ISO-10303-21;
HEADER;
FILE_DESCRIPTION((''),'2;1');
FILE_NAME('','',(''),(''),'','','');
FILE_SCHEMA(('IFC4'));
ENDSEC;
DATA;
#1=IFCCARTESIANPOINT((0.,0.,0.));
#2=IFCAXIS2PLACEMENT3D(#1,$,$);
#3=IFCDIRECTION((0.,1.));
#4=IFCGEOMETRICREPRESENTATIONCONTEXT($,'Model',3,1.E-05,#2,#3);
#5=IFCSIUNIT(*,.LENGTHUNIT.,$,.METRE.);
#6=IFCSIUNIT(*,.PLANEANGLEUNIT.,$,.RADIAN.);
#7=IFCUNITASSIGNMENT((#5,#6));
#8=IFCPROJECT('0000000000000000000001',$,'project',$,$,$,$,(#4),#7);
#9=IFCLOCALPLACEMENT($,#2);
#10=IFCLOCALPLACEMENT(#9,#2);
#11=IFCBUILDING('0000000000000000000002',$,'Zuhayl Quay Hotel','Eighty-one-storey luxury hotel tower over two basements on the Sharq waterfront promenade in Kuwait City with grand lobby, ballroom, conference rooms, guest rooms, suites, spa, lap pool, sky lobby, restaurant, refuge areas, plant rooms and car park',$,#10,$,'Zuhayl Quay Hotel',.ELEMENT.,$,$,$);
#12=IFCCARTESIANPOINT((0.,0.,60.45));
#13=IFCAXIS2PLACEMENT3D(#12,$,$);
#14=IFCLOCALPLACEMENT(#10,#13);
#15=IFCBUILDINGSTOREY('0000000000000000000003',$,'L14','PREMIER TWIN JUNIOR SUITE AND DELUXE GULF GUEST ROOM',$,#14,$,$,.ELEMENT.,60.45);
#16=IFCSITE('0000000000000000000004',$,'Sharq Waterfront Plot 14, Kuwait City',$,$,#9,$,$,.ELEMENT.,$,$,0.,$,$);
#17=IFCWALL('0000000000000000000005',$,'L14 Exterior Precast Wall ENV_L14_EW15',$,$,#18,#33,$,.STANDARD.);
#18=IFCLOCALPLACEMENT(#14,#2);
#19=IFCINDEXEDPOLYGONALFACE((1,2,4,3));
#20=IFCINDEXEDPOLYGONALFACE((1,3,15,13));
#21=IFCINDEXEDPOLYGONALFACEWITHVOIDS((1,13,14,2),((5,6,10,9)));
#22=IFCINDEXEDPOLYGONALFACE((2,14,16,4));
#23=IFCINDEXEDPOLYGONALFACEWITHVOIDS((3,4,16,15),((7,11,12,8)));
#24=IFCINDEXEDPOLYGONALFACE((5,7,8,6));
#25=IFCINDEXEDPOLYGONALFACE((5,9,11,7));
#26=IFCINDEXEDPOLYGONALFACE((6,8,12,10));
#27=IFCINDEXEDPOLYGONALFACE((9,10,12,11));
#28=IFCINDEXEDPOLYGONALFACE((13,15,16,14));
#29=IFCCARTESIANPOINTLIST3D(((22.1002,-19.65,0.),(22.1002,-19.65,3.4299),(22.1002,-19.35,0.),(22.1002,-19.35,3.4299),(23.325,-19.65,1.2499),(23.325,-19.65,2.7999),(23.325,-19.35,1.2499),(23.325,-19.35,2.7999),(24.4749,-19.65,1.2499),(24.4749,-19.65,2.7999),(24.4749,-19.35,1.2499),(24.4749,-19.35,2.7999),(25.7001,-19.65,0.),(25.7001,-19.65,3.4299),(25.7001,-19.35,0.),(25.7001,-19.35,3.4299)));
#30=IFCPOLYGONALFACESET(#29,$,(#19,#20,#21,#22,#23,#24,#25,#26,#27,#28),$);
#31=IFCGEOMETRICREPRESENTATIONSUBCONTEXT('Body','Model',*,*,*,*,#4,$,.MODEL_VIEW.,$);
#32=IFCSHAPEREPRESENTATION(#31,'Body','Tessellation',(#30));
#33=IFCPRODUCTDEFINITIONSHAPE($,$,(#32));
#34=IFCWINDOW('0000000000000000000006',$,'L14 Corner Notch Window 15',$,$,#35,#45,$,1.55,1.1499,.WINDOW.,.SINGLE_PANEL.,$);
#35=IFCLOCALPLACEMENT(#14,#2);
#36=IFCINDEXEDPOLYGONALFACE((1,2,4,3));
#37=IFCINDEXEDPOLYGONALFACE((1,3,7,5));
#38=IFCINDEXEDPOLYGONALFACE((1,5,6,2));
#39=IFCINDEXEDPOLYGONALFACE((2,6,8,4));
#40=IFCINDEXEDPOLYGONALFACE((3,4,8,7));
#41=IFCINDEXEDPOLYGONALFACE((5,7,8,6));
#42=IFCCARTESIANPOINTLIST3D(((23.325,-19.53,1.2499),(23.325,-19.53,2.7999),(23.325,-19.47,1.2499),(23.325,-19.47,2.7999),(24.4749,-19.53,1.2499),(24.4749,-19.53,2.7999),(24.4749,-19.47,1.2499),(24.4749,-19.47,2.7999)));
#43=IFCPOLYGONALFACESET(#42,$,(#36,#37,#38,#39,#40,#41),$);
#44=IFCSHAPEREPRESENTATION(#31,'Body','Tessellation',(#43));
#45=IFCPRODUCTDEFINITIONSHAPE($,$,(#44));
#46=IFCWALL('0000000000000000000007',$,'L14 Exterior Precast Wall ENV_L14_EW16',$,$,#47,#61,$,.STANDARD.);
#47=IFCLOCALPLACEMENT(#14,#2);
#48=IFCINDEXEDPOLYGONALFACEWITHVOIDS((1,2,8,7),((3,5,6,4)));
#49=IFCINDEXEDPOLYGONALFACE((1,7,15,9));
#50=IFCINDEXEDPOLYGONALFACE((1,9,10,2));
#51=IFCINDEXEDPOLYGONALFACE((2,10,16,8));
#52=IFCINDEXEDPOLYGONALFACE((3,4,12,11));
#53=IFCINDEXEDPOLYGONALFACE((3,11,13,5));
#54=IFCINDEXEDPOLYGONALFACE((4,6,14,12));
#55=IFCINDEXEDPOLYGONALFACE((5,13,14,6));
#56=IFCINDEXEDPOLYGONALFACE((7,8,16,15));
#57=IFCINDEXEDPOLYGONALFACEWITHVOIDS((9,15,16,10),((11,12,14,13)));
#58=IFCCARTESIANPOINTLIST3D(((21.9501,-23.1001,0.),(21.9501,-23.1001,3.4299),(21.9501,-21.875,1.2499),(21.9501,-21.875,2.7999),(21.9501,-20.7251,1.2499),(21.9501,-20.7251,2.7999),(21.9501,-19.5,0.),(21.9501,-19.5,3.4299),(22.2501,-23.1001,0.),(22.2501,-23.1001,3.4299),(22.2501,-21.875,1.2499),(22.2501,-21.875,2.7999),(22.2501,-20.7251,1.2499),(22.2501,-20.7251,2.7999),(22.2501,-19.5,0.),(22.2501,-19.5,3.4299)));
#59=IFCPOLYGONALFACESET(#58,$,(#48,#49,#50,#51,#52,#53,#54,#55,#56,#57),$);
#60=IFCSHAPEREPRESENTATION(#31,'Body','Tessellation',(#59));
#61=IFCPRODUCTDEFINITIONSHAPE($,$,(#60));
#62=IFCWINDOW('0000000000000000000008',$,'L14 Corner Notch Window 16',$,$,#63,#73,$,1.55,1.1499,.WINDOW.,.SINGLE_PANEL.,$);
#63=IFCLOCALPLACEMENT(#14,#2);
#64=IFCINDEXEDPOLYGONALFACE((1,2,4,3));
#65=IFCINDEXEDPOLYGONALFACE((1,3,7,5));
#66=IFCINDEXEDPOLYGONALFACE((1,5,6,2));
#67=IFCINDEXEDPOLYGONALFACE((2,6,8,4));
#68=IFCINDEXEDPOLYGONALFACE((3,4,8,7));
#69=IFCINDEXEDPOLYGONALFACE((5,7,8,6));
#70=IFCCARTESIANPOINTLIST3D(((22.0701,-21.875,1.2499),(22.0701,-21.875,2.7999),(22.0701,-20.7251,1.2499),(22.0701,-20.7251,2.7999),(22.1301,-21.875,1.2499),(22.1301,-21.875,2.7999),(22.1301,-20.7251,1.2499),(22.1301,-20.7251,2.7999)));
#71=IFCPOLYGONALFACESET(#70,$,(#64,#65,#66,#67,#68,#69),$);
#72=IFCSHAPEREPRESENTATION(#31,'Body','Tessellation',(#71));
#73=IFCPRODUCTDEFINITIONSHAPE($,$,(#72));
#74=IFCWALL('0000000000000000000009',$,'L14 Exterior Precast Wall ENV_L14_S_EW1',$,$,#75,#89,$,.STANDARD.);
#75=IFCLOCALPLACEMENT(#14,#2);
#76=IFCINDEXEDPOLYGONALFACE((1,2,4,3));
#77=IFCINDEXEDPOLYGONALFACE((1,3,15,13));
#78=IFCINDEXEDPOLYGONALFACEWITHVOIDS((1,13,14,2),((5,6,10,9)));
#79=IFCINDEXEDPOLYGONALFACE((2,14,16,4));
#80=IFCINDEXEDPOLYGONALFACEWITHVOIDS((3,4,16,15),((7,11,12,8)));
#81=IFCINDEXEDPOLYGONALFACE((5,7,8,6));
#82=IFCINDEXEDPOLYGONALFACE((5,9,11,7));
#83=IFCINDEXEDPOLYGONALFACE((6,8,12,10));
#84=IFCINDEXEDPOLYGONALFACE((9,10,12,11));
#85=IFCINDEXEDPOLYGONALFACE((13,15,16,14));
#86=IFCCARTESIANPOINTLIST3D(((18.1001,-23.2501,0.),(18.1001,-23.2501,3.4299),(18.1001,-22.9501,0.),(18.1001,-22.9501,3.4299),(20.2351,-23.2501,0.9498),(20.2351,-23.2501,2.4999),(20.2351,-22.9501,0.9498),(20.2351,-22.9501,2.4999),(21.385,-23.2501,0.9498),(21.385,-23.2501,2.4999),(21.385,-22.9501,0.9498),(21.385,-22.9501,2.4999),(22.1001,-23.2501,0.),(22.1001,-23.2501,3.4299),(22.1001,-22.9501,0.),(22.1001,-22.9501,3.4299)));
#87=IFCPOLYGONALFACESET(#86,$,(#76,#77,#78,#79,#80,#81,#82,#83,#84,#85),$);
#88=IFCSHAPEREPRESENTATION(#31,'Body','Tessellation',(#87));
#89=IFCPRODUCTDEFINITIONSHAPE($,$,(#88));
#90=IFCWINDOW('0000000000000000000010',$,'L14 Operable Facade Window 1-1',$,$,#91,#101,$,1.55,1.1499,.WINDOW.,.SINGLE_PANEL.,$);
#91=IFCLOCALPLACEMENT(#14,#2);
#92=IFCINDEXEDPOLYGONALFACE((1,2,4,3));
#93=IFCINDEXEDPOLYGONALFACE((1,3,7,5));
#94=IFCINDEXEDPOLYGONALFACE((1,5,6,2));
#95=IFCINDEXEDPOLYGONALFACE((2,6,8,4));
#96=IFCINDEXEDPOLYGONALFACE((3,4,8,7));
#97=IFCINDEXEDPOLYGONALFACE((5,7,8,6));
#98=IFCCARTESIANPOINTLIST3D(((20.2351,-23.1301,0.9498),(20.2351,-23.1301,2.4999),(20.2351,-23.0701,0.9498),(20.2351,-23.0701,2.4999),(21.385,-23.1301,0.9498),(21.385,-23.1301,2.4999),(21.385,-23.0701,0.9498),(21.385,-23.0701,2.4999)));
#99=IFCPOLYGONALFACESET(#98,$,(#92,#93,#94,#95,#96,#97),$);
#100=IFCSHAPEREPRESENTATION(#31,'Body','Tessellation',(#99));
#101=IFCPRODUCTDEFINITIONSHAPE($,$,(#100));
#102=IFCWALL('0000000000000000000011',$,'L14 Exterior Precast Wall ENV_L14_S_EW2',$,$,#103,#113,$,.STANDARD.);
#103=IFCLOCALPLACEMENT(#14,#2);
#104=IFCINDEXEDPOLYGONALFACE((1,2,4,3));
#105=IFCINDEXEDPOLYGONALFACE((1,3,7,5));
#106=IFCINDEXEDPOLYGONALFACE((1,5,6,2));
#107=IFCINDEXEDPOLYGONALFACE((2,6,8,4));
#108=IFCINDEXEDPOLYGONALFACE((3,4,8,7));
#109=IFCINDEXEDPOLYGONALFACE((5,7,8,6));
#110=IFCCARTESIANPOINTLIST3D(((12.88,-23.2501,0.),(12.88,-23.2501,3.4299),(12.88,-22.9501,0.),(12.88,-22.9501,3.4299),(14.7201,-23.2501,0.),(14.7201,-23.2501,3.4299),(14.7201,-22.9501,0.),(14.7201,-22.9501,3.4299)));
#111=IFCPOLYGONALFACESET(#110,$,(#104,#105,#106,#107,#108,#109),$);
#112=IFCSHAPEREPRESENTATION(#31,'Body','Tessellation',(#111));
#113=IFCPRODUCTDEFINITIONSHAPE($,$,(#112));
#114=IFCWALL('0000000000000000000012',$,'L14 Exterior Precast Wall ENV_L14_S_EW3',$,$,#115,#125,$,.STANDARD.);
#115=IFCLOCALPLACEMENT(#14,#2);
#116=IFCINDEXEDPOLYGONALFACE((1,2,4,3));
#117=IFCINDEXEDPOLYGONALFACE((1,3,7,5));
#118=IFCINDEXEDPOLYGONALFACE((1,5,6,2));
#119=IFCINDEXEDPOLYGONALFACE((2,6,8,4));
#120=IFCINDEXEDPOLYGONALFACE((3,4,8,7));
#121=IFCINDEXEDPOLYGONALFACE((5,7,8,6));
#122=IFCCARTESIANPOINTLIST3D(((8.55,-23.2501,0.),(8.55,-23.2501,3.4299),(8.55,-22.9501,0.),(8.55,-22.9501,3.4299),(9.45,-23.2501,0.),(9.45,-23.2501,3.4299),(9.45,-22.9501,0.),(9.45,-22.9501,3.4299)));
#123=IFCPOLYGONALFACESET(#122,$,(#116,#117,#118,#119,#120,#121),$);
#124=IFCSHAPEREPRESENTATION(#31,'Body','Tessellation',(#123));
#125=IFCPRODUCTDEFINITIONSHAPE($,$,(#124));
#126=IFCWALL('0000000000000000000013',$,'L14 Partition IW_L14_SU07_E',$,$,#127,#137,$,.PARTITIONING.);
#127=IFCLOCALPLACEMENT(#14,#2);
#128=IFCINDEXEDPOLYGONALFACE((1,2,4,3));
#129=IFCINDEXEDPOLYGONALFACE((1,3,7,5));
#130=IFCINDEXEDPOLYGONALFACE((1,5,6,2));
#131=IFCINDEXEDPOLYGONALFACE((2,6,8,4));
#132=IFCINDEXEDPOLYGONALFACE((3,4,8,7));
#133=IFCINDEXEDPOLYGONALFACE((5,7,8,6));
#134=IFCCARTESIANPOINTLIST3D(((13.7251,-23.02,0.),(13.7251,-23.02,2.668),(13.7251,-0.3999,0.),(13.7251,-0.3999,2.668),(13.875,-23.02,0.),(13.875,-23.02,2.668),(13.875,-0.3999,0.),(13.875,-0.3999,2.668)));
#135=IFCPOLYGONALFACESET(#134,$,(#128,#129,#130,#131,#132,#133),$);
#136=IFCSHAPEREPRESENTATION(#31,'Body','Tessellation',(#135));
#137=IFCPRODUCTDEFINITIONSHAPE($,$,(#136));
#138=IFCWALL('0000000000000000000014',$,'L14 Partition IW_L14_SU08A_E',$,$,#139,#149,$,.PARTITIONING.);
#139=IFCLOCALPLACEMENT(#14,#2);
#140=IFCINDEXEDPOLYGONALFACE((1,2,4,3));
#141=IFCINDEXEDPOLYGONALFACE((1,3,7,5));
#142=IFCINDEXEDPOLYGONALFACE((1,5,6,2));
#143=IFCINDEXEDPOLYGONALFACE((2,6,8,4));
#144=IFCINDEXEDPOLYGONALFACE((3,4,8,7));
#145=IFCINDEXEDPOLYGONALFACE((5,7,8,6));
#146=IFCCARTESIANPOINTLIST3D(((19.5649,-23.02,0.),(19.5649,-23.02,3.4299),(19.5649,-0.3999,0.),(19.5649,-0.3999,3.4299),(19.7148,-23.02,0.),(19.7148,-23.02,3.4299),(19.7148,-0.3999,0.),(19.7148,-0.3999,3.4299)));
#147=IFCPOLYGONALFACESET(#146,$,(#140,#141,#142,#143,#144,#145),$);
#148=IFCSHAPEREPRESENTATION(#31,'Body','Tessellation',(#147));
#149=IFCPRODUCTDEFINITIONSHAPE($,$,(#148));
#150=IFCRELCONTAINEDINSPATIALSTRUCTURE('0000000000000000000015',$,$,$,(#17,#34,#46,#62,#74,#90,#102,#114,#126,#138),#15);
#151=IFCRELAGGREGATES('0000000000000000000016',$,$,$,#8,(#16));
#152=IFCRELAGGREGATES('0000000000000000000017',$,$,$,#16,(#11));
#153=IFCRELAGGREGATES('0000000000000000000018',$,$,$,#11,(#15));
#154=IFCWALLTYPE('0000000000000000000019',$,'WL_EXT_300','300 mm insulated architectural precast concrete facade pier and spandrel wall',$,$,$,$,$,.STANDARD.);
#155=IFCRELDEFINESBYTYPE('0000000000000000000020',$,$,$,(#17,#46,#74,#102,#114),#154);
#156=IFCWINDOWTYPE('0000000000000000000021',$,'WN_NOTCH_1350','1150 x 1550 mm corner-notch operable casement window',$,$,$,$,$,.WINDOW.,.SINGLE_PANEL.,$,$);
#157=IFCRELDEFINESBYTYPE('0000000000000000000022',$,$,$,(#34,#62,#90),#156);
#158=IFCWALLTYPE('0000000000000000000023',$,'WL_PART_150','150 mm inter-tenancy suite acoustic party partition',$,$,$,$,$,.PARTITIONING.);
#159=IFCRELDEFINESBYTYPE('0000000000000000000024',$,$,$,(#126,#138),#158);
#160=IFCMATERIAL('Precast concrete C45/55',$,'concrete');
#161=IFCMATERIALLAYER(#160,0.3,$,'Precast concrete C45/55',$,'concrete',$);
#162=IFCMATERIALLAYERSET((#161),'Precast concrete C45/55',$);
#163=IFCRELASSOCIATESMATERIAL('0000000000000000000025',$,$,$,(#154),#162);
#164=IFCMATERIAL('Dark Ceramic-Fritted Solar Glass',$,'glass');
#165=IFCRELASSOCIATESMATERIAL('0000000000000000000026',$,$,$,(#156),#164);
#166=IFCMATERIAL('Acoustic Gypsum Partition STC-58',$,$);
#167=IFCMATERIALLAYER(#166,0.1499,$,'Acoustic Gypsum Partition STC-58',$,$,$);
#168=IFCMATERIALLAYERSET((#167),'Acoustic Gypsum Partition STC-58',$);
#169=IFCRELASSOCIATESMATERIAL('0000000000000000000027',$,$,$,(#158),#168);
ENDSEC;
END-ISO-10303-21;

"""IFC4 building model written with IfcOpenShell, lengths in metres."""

from ifc_helpers import new_model, si_unit, direction, frame, frame_2d, origin, place, context, subcontext, project, spatial, rectangle, extrude, material, layer, layer_set, type_object, element, fill, save


model = new_model("IFC4")

# Units and contexts
model_context = context("Model", 3, precision=1e-05, world=origin(), true_north=direction((0.0, 1.0)))
body_context = subcontext(model_context, "Body", "Model", "MODEL_VIEW")
ifc_project = project(units=[si_unit("LENGTHUNIT", "METRE"), si_unit("PLANEANGLEUNIT", "RADIAN")], contexts=[model_context])

# Site, building, storey
site_placement = place(None, origin())
site = spatial("IfcSite", under=ifc_project, at=site_placement, Name="Sharq Waterfront Plot 14, Kuwait City", CompositionType="ELEMENT", RefElevation=0.0)
building_placement = place(site_placement, origin())
building = spatial("IfcBuilding", under=site, at=building_placement, Name="Zuhayl Quay Hotel", Description="Eighty-one-storey luxury hotel tower over two basements on the Sharq waterfront promenade in Kuwait City with grand lobby, ballroom, conference rooms, guest rooms, suites, spa, lap pool, sky lobby, restaurant, refuge areas, plant rooms and car park", LongName="Zuhayl Quay Hotel", CompositionType="ELEMENT")
storey_placement = place(building_placement, frame((0.0, 0.0, 60.45)))
storey = spatial("IfcBuildingStorey", under=building, at=storey_placement, Name="L14", Description="PREMIER TWIN JUNIOR SUITE AND DELUXE GULF GUEST ROOM", CompositionType="ELEMENT", Elevation=60.45)

# Shared definitions
ifc_material_1 = material(Name="Dark Ceramic-Fritted Solar Glass", Category="glass")

# Shared definitions
ifc_material_2 = material(Name="Precast concrete C45/55", Category="concrete")
ifc_layer_1 = layer(ifc_material_2, 0.3, Name="Precast concrete C45/55", Category="concrete")
ifc_layer_set_1 = layer_set([ifc_layer_1], Name="Precast concrete C45/55")
wall_type_1 = type_object("IfcWallType", Name="WL_EXT_300", Description="300 mm insulated architectural precast concrete facade pier and spandrel wall", PredefinedType="STANDARD", material=ifc_layer_set_1)

# Walls, openings, windows
wall_1_placement = place(storey_placement, frame((25.7, -19.5, 0.0), z_axis=(0.0, 0.0, 1.0), x_axis=(-1.0, 0.0, 0.0)))
wall_1 = element("IfcWall", 1, at=wall_1_placement, inside=storey, type_object=wall_type_1, Name="L14 Exterior Precast Wall ENV_L14_EW15", PredefinedType="STANDARD", context=body_context, shape_type="SweptSolid", body=[
    extrude(rectangle(XDim=3.5999, YDim=0.3, at=frame_2d((1.7998, 0.0))), origin(), (0.0, 0.0, 1.0), 3.4299),
])
opening_1_placement = place(wall_1_placement, frame((1.2251, 0.0, 1.25)))
opening_1 = element("IfcOpeningElement", 2, at=opening_1_placement, cuts=wall_1, PredefinedType="OPENING", context=body_context, shape_type="SweptSolid", body=[
    extrude(rectangle(XDim=1.1499, YDim=1.55, at=frame_2d((0.575, 0.7749))), frame((0.0, 0.1599, 0.0), z_axis=(0.0, -1.0, 0.0), x_axis=(1.0, 0.0, 0.0)), (0.0, 0.0, 1.0), 0.3201),
])
window_type = type_object("IfcWindowType", Name="WN_NOTCH_1350", Description="1150 x 1550 mm corner-notch operable casement window", PartitioningType="SINGLE_PANEL", PredefinedType="WINDOW", material=ifc_material_1)
window_1_placement = place(opening_1_placement, origin())
window_1 = element("IfcWindow", 3, at=window_1_placement, inside=storey, type_object=window_type, Name="L14 Corner Notch Window 15", OverallHeight=1.55, OverallWidth=1.1499, PartitioningType="SINGLE_PANEL", PredefinedType="WINDOW", context=body_context, shape_type="SweptSolid", body=[
    extrude(rectangle(XDim=1.1499, YDim=1.55, at=frame_2d((0.575, 0.7749))), frame((0.0, 0.03, 0.0), z_axis=(0.0, -1.0, 0.0), x_axis=(1.0, 0.0, 0.0)), (0.0, 0.0, 1.0), 0.0601),
])
fill(opening_1, window_1)
wall_2_placement = place(storey_placement, frame((22.1001, -19.5, 0.0), z_axis=(0.0, 0.0, 1.0), x_axis=(0.0, -1.0, 0.0)))
wall_2 = element("IfcWall", 4, at=wall_2_placement, inside=storey, type_object=wall_type_1, Name="L14 Exterior Precast Wall ENV_L14_EW16", PredefinedType="STANDARD", context=body_context, shape_type="SweptSolid", body=[
    extrude(rectangle(XDim=3.6001, YDim=0.3, at=frame_2d((1.8, 0.0))), origin(), (0.0, 0.0, 1.0), 3.4299),
])
opening_2_placement = place(wall_2_placement, frame((1.2251, 0.0, 1.25)))
opening_2 = element("IfcOpeningElement", 5, at=opening_2_placement, cuts=wall_2, PredefinedType="OPENING", context=body_context, shape_type="SweptSolid", body=[
    extrude(rectangle(XDim=1.1499, YDim=1.55, at=frame_2d((0.575, 0.7749))), frame((0.0, 0.1599, 0.0), z_axis=(0.0, -1.0, 0.0), x_axis=(1.0, 0.0, 0.0)), (0.0, 0.0, 1.0), 0.3201),
])
window_2_placement = place(opening_2_placement, origin())
window_2 = element("IfcWindow", 6, at=window_2_placement, inside=storey, type_object=window_type, Name="L14 Corner Notch Window 16", OverallHeight=1.55, OverallWidth=1.1499, PartitioningType="SINGLE_PANEL", PredefinedType="WINDOW", context=body_context, shape_type="SweptSolid", body=[
    extrude(rectangle(XDim=1.1499, YDim=1.55, at=frame_2d((0.575, 0.7749))), frame((0.0, 0.03, 0.0), z_axis=(0.0, -1.0, 0.0), x_axis=(1.0, 0.0, 0.0)), (0.0, 0.0, 1.0), 0.0601),
])
fill(opening_2, window_2)
wall_3_placement = place(storey_placement, frame((22.1001, -23.1001, 0.0), z_axis=(0.0, 0.0, 1.0), x_axis=(-1.0, 0.0, 0.0)))
wall_3 = element("IfcWall", 7, at=wall_3_placement, inside=storey, type_object=wall_type_1, Name="L14 Exterior Precast Wall ENV_L14_S_EW1", PredefinedType="STANDARD", context=body_context, shape_type="SweptSolid", body=[
    extrude(rectangle(XDim=4.0, YDim=0.3, at=frame_2d((2.0, 0.0))), origin(), (0.0, 0.0, 1.0), 3.4299),
])
opening_3_placement = place(wall_3_placement, frame((0.7151, 0.0, 0.95)))
opening_3 = element("IfcOpeningElement", 8, at=opening_3_placement, cuts=wall_3, PredefinedType="OPENING", context=body_context, shape_type="SweptSolid", body=[
    extrude(rectangle(XDim=1.1499, YDim=1.55, at=frame_2d((0.575, 0.7749))), frame((0.0, 0.1599, 0.0), z_axis=(0.0, -1.0, 0.0), x_axis=(1.0, 0.0, 0.0)), (0.0, 0.0, 1.0), 0.3201),
])
window_3_placement = place(opening_3_placement, origin())
window_3 = element("IfcWindow", 9, at=window_3_placement, inside=storey, type_object=window_type, Name="L14 Operable Facade Window 1-1", OverallHeight=1.55, OverallWidth=1.1499, PartitioningType="SINGLE_PANEL", PredefinedType="WINDOW", context=body_context, shape_type="SweptSolid", body=[
    extrude(rectangle(XDim=1.1499, YDim=1.55, at=frame_2d((0.575, 0.7749))), frame((0.0, 0.03, 0.0), z_axis=(0.0, -1.0, 0.0), x_axis=(1.0, 0.0, 0.0)), (0.0, 0.0, 1.0), 0.0601),
])
fill(opening_3, window_3)

# Walls
wall_4_placement = place(storey_placement, frame((14.72, -23.1001, 0.0), z_axis=(0.0, 0.0, 1.0), x_axis=(-1.0, 0.0, 0.0)))
element("IfcWall", 10, at=wall_4_placement, inside=storey, type_object=wall_type_1, Name="L14 Exterior Precast Wall ENV_L14_S_EW2", PredefinedType="STANDARD", context=body_context, shape_type="SweptSolid", body=[
    extrude(rectangle(XDim=1.8401, YDim=0.3, at=frame_2d((0.9199, 0.0))), origin(), (0.0, 0.0, 1.0), 3.4299),
])
wall_5_placement = place(storey_placement, frame((9.45, -23.1001, 0.0), z_axis=(0.0, 0.0, 1.0), x_axis=(-1.0, 0.0, 0.0)))
element("IfcWall", 11, at=wall_5_placement, inside=storey, type_object=wall_type_1, Name="L14 Exterior Precast Wall ENV_L14_S_EW3", PredefinedType="STANDARD", context=body_context, shape_type="SweptSolid", body=[
    extrude(rectangle(XDim=0.8999, YDim=0.3, at=frame_2d((0.45, 0.0))), origin(), (0.0, 0.0, 1.0), 3.4299),
])
ifc_material_3 = material(Name="Acoustic Gypsum Partition STC-58")
ifc_layer_2 = layer(ifc_material_3, 0.1499, Name="Acoustic Gypsum Partition STC-58")
ifc_layer_set_2 = layer_set([ifc_layer_2], Name="Acoustic Gypsum Partition STC-58")
wall_type_2 = type_object("IfcWallType", Name="WL_PART_150", Description="150 mm inter-tenancy suite acoustic party partition", PredefinedType="PARTITIONING", material=ifc_layer_set_2)
wall_6_placement = place(storey_placement, frame((13.8, -23.02, 0.0), z_axis=(0.0, 0.0, 1.0), x_axis=(0.0, 1.0, 0.0)))
element("IfcWall", 12, at=wall_6_placement, inside=storey, type_object=wall_type_2, Name="L14 Partition IW_L14_SU07_E", PredefinedType="PARTITIONING", context=body_context, shape_type="SweptSolid", body=[
    extrude(rectangle(XDim=22.6201, YDim=0.1499, at=frame_2d((11.3101, 0.0))), origin(), (0.0, 0.0, 1.0), 2.668),
])
wall_7_placement = place(storey_placement, frame((19.6399, -23.02, 0.0), z_axis=(0.0, 0.0, 1.0), x_axis=(0.0, 1.0, 0.0)))
element("IfcWall", 13, at=wall_7_placement, inside=storey, type_object=wall_type_2, Name="L14 Partition IW_L14_SU08A_E", PredefinedType="PARTITIONING", context=body_context, shape_type="SweptSolid", body=[
    extrude(rectangle(XDim=22.6201, YDim=0.1499, at=frame_2d((11.3101, 0.0))), origin(), (0.0, 0.0, 1.0), 3.4299),
])

save(model, "model.ifc")
